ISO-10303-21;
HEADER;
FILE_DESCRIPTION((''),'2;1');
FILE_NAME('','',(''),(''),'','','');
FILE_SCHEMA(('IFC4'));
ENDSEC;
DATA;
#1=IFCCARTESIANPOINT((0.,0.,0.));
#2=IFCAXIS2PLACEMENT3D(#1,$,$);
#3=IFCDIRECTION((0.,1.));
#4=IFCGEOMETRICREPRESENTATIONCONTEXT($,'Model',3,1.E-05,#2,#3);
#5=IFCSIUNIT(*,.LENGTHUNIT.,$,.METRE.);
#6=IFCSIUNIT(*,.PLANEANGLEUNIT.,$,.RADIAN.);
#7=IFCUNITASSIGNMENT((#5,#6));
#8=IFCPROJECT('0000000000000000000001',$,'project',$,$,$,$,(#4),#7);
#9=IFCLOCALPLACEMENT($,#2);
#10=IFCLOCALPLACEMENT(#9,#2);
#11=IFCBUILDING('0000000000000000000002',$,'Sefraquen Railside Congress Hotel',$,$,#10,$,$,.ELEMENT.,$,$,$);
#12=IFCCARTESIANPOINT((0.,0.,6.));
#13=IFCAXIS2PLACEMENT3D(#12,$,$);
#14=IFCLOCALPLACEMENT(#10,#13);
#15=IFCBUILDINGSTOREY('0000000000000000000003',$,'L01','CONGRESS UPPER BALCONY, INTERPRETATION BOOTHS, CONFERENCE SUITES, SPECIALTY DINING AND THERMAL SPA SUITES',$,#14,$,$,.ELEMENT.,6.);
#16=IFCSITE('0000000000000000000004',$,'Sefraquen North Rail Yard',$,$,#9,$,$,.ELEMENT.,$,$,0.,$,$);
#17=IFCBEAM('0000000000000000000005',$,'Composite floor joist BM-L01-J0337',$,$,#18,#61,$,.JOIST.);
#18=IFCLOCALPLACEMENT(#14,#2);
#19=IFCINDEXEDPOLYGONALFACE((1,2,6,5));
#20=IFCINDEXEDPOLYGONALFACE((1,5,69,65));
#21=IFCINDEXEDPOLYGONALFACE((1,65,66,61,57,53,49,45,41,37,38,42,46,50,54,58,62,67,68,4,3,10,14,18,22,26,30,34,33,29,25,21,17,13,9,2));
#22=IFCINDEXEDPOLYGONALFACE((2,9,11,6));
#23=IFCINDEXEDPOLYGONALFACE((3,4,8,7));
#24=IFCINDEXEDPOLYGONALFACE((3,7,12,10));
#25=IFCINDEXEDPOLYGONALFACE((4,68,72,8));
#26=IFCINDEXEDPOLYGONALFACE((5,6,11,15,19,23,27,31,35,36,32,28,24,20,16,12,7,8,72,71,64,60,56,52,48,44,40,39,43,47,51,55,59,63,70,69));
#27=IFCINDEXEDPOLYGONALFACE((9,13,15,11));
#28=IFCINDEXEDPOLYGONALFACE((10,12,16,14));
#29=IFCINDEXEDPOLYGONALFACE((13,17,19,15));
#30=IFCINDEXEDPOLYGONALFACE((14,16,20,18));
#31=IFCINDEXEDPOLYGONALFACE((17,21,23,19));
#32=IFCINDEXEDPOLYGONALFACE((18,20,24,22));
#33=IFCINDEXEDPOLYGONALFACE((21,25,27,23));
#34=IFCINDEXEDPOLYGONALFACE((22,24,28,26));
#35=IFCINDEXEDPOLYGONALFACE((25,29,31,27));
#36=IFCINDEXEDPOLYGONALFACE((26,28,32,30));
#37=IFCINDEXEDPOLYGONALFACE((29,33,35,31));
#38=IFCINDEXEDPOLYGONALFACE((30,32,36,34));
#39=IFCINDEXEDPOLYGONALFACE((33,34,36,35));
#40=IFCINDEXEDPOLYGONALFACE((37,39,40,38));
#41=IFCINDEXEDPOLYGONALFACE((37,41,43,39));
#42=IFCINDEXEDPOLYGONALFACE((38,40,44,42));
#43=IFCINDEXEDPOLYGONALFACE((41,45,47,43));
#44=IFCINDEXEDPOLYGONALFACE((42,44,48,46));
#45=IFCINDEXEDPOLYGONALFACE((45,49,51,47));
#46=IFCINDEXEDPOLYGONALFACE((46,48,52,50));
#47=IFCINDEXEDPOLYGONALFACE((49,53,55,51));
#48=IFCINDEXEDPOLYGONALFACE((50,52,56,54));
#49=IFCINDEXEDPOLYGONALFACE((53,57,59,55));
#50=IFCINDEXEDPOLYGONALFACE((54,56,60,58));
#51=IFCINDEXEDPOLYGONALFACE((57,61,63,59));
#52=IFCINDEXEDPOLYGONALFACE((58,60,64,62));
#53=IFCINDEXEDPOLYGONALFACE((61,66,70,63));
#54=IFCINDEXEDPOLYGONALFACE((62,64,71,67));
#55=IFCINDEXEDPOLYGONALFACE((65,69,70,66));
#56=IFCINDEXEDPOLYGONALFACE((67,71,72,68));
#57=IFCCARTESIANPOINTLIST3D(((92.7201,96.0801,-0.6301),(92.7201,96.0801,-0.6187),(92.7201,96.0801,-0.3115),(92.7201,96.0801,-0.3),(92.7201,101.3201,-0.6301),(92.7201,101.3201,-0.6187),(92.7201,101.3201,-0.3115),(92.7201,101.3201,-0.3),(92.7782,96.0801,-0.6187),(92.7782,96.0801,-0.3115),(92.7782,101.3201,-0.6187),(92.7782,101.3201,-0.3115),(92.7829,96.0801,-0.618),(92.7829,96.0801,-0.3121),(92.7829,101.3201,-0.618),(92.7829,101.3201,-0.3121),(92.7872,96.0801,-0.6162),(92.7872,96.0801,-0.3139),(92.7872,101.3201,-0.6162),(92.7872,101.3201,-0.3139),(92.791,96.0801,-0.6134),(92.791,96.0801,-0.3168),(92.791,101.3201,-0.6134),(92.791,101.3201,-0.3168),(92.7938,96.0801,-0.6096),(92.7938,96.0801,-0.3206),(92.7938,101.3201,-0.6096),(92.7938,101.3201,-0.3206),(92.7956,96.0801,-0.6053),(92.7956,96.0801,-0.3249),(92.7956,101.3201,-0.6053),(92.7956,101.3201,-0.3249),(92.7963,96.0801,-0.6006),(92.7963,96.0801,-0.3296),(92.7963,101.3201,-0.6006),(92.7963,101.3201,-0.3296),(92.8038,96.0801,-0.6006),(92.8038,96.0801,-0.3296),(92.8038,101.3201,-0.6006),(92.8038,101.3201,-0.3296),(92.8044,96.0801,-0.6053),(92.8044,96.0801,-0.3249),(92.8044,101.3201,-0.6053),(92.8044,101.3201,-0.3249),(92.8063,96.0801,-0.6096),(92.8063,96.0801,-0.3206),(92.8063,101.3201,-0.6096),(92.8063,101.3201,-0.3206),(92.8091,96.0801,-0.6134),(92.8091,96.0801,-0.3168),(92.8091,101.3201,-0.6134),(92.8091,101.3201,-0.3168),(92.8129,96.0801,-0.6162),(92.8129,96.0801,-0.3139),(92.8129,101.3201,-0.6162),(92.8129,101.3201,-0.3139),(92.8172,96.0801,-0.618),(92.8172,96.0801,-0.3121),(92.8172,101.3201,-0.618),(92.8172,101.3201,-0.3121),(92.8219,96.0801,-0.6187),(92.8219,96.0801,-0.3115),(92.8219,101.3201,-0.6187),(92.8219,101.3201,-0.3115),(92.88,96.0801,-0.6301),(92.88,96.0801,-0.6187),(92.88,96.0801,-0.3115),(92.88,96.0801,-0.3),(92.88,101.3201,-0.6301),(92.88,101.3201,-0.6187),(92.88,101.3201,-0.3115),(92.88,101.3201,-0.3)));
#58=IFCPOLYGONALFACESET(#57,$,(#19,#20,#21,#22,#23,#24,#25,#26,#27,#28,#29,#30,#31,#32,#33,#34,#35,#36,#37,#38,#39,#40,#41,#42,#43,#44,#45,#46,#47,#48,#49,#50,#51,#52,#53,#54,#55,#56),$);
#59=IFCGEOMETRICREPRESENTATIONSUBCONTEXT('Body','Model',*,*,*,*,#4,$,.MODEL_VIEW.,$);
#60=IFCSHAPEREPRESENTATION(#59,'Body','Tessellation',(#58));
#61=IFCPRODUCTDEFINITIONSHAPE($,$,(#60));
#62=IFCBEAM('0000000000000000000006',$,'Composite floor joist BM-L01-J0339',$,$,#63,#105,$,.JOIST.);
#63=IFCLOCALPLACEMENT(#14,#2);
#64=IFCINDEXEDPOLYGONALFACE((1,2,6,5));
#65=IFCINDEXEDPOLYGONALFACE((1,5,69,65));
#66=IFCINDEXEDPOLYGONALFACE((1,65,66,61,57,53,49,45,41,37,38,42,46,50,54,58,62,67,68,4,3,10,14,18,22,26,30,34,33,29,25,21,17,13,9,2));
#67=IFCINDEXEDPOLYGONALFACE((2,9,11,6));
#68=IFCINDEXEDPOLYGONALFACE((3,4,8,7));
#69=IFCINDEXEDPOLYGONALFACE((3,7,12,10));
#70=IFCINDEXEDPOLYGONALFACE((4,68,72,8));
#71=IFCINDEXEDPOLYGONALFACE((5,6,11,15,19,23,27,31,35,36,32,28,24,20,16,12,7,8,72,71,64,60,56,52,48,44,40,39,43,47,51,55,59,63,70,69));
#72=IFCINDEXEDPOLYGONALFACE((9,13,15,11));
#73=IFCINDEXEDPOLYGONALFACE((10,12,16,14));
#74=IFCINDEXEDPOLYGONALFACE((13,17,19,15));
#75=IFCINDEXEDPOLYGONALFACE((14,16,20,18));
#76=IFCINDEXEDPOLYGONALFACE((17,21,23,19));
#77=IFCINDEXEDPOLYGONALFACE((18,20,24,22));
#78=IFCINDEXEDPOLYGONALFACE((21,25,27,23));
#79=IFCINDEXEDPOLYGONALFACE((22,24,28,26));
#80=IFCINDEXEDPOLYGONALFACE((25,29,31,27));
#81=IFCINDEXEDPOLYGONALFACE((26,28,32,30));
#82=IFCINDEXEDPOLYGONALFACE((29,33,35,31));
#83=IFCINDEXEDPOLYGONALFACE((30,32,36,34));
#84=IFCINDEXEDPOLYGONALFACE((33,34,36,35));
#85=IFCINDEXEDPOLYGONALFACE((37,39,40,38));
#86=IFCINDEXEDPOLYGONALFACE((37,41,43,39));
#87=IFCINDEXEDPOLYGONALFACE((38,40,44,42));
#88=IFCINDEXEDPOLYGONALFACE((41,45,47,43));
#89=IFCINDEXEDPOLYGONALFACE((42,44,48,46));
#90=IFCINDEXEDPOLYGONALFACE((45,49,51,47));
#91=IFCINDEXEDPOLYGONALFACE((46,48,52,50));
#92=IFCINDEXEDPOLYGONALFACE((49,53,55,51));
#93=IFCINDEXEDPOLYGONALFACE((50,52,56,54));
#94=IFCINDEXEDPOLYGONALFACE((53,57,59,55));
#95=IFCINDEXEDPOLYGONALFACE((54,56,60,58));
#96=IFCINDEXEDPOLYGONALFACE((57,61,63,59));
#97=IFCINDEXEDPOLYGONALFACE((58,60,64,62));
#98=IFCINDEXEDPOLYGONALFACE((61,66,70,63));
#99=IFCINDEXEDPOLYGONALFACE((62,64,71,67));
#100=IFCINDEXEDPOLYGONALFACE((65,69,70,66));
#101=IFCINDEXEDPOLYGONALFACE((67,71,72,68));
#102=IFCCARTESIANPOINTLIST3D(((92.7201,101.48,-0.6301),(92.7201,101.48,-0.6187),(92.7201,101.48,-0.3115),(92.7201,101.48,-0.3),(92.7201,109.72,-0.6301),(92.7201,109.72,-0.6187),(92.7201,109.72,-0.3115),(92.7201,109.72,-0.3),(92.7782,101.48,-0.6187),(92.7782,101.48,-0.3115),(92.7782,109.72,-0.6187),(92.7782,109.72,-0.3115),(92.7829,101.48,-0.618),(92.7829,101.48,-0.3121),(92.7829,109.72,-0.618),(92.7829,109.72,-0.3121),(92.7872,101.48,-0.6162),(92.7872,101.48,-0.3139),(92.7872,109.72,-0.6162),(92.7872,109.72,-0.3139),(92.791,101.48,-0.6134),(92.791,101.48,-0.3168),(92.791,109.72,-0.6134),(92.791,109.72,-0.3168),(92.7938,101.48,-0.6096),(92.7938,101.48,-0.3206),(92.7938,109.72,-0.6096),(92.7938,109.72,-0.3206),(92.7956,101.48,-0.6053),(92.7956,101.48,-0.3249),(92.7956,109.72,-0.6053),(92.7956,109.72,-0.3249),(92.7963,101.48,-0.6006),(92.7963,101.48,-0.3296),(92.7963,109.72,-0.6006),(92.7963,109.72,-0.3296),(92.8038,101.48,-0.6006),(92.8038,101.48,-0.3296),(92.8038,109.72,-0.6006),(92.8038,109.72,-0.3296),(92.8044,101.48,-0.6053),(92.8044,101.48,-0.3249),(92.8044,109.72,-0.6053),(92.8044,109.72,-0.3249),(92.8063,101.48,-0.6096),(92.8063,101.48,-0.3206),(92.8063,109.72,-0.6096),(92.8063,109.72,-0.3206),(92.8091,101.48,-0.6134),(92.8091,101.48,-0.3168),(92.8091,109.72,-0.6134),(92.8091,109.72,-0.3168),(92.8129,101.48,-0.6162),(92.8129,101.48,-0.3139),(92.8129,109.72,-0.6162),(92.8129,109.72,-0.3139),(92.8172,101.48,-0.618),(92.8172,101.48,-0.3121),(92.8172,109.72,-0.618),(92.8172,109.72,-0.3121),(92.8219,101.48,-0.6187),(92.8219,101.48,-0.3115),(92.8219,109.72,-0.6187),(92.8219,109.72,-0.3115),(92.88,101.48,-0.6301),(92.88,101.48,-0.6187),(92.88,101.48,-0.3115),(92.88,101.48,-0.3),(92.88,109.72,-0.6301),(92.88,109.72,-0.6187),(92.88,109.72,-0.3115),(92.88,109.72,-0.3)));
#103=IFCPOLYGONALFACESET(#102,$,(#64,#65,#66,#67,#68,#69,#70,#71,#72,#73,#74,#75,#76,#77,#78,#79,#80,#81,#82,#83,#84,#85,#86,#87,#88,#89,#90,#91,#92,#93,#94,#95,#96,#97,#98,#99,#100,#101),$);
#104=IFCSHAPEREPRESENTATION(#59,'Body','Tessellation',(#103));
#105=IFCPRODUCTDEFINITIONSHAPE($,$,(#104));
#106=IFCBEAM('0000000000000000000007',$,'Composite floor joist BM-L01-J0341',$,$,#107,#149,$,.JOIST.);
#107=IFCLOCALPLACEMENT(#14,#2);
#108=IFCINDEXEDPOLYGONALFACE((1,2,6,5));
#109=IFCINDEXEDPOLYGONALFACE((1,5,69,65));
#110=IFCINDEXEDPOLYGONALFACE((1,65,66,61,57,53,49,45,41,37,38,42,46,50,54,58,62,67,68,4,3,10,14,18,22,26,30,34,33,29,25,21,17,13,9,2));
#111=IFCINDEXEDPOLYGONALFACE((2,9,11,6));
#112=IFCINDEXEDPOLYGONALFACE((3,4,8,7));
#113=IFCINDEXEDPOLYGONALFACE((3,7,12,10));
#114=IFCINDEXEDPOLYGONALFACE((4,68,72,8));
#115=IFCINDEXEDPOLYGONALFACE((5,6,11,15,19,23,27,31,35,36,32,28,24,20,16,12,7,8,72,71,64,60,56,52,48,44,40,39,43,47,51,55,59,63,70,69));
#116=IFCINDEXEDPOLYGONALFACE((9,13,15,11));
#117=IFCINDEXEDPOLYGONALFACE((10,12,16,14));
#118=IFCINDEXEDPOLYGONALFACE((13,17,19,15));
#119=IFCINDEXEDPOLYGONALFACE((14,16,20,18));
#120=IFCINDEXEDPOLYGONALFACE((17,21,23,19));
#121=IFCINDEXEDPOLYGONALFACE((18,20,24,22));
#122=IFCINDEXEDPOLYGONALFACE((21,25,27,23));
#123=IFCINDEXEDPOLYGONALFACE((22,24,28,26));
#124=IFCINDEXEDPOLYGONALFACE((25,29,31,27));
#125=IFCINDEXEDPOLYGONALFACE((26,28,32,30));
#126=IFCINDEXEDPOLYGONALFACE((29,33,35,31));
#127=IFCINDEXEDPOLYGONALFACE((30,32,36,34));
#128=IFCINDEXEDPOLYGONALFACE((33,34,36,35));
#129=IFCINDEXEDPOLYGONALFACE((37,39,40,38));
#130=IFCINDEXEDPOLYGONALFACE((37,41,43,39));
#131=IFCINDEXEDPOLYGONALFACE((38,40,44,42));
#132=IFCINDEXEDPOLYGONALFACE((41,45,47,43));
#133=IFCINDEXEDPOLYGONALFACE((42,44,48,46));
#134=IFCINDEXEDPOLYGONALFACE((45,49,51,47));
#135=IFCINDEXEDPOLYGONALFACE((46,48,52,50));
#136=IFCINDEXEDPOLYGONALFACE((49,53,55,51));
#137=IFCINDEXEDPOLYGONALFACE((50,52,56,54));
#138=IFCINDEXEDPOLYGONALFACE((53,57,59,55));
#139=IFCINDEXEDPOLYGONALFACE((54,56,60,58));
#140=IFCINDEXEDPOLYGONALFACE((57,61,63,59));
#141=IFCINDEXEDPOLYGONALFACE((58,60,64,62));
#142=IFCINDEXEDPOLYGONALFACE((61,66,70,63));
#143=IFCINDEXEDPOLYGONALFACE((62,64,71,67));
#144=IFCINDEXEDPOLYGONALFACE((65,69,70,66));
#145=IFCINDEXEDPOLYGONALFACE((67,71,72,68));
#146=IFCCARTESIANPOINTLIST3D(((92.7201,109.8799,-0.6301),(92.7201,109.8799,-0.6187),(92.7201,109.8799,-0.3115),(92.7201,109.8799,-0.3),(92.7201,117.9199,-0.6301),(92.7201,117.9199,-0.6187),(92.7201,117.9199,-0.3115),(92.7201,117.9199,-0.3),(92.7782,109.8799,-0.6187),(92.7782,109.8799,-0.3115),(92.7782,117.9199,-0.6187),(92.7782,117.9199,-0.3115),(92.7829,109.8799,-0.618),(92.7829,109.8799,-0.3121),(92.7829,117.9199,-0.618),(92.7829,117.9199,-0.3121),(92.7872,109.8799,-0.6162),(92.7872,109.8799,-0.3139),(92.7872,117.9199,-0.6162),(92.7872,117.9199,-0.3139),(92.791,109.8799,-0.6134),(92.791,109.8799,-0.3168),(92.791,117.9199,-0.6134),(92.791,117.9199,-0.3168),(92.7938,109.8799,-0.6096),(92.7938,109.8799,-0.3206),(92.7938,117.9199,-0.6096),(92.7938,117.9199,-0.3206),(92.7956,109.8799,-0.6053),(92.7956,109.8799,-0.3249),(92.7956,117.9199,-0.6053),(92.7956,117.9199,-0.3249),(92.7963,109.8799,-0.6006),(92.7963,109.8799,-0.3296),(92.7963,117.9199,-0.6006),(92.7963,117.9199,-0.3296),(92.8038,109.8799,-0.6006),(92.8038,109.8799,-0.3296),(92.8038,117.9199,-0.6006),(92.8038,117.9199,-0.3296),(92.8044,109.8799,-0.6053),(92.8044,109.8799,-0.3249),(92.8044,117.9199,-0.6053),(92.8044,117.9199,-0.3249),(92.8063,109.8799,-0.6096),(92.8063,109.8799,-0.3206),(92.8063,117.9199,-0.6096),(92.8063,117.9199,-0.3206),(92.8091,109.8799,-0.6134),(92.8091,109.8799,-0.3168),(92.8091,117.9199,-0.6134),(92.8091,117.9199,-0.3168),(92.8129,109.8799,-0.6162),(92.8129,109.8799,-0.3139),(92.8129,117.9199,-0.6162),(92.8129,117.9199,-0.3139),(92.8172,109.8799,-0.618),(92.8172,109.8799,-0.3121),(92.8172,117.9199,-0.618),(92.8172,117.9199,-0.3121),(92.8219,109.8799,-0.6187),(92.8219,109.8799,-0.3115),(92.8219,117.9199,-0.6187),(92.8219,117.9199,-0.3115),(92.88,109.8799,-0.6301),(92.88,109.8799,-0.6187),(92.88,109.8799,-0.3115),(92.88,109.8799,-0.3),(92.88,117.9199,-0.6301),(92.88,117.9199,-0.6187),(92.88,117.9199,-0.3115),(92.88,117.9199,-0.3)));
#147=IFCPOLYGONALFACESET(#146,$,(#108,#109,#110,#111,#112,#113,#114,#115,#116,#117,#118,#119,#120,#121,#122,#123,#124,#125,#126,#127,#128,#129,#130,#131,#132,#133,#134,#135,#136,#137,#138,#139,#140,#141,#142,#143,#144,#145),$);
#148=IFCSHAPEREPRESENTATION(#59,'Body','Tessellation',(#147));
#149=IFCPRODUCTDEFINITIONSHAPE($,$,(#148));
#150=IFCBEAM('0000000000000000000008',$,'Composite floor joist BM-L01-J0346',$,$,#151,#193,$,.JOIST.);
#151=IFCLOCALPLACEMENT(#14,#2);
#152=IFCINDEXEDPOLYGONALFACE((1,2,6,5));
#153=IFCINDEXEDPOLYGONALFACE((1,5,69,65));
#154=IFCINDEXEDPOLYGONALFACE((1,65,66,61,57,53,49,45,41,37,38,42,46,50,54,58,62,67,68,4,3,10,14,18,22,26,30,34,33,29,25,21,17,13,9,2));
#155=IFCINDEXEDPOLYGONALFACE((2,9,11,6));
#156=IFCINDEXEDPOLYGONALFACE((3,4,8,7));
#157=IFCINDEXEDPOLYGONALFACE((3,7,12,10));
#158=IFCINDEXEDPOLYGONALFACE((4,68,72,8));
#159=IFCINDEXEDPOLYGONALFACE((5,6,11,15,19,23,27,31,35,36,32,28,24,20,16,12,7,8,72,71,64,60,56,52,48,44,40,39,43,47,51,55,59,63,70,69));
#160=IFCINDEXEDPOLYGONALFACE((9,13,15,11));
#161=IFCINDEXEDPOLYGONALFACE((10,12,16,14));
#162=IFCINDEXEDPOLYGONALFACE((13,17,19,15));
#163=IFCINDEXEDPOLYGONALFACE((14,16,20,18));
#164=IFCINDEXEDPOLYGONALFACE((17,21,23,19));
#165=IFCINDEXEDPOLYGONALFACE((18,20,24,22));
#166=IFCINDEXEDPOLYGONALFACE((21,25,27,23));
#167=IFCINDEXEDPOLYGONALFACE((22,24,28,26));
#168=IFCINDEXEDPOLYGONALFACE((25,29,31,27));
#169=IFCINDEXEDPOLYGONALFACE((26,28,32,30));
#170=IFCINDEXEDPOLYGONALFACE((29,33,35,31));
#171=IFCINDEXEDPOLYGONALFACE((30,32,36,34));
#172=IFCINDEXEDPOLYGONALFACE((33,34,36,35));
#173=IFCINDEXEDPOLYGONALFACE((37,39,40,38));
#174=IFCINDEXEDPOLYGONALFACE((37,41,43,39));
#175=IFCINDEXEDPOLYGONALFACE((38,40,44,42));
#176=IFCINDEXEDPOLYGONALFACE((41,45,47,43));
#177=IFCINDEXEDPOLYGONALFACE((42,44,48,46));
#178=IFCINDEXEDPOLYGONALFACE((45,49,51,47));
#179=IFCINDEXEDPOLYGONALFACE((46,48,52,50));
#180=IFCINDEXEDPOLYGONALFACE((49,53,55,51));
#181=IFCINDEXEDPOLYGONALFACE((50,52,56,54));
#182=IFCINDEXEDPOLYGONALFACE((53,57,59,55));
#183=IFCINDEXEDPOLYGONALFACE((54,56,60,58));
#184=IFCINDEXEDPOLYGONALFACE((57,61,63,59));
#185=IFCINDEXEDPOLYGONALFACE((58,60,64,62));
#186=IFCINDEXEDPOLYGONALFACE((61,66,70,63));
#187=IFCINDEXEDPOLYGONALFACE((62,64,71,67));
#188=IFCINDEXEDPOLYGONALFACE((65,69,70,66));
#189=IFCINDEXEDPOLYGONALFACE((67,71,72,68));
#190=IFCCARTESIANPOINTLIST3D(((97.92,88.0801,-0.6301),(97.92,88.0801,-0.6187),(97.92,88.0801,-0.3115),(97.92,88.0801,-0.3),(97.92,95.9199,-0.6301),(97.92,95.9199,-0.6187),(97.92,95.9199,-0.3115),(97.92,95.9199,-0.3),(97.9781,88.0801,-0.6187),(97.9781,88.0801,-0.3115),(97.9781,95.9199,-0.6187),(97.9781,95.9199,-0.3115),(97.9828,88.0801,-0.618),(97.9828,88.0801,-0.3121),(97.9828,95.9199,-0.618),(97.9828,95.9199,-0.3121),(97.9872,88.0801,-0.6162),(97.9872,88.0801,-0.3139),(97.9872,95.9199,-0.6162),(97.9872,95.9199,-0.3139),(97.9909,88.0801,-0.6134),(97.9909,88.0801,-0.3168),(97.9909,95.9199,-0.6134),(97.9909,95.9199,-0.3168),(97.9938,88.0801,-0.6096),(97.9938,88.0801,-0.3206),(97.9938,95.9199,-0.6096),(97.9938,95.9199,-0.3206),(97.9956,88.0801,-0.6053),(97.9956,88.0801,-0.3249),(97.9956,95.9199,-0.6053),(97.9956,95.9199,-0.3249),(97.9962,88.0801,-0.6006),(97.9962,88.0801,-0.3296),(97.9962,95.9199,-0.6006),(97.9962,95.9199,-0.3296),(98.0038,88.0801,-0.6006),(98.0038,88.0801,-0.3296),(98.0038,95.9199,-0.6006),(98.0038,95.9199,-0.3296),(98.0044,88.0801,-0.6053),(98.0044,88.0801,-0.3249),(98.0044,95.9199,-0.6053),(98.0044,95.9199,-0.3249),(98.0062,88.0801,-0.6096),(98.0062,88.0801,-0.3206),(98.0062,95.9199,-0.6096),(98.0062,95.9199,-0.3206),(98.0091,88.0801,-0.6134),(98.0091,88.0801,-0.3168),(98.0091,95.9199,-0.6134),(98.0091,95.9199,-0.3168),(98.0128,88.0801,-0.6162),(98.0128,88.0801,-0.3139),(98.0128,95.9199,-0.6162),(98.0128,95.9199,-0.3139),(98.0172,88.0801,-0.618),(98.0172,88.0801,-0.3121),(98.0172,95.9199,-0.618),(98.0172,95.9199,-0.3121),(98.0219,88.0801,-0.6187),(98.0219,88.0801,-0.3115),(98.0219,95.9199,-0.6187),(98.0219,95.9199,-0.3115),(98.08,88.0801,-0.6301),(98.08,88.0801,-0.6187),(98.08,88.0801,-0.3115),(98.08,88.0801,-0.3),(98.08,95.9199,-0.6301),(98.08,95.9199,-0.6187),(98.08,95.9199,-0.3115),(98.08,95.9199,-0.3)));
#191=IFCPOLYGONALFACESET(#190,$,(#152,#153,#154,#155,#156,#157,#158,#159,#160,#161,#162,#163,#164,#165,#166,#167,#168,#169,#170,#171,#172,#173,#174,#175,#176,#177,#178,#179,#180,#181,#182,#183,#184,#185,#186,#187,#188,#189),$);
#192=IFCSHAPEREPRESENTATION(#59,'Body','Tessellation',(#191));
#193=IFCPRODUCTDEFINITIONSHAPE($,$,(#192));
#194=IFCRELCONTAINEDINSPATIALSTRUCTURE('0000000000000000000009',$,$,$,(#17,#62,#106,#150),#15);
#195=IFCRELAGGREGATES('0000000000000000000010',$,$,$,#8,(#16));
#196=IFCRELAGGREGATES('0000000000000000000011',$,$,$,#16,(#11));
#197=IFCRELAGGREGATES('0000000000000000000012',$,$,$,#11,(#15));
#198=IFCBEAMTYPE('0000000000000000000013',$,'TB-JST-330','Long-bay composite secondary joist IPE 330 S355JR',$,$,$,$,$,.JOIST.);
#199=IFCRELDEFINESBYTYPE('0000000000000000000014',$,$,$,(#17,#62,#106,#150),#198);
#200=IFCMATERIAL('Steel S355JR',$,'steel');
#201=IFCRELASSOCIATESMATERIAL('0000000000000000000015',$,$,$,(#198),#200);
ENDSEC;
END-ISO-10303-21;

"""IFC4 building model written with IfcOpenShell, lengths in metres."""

from ifc_helpers import new_model, si_unit, direction, frame, origin, origin_2d, place, context, subcontext, project, spatial, i_section, extrude, material, material_profile, profile_set, type_object, element, save


model = new_model("IFC4")

# Units and contexts
model_context = context("Model", 3, precision=1e-05, world=origin(), true_north=direction((0.0, 1.0)))
body_context = subcontext(model_context, "Body", "Model", "MODEL_VIEW")
ifc_project = project(units=[si_unit("LENGTHUNIT", "METRE"), si_unit("PLANEANGLEUNIT", "RADIAN")], contexts=[model_context])

# Site, building, storey
site_placement = place(None, origin())
site = spatial("IfcSite", under=ifc_project, at=site_placement, Name="Sefraquen North Rail Yard", CompositionType="ELEMENT", RefElevation=0.0)
building_placement = place(site_placement, origin())
building = spatial("IfcBuilding", under=site, at=building_placement, Name="Sefraquen Railside Congress Hotel", CompositionType="ELEMENT")
storey_placement = place(building_placement, frame((0.0, 0.0, 6.0)))
storey = spatial("IfcBuildingStorey", under=building, at=storey_placement, Name="L01", Description="CONGRESS UPPER BALCONY, INTERPRETATION BOOTHS, CONFERENCE SUITES, SPECIALTY DINING AND THERMAL SPA SUITES", CompositionType="ELEMENT", Elevation=6.0)

# Shared definitions
ifc_material_1 = material(Name="Steel S355JR", Category="steel")

# Beams
ifc_material_profile_1 = material_profile(ifc_material_1, i_section(OverallWidth=0.1599, OverallDepth=0.3301, WebThickness=0.0076, FlangeThickness=0.0115, FilletRadius=0.0181, at=origin_2d()), Name="IPE 330")
ifc_profile_set_1 = profile_set([ifc_material_profile_1], Name="Steel S355JR")
beam_type_1 = type_object("IfcBeamType", Name="TB-JST-330", Description="Long-bay composite secondary joist IPE 330 S355JR", PredefinedType="JOIST", material=ifc_profile_set_1)
beam_1_placement = place(storey_placement, frame((92.8, 96.0801, -0.4651), z_axis=(0.0, 1.0, 0.0), x_axis=(-1.0, 0.0, 0.0)))
element("IfcBeam", 1, at=beam_1_placement, inside=storey, type_object=beam_type_1, Name="Composite floor joist BM-L01-J0337", PredefinedType="JOIST", context=body_context, shape_type="SweptSolid", body=[
    extrude(i_section(OverallWidth=0.1599, OverallDepth=0.3301, WebThickness=0.0076, FlangeThickness=0.0115, FilletRadius=0.0181, at=origin_2d()), origin(), (0.0, 0.0, 1.0), 5.24),
])
beam_2_placement = place(storey_placement, frame((92.8, 101.48, -0.4651), z_axis=(0.0, 1.0, 0.0), x_axis=(-1.0, 0.0, 0.0)))
element("IfcBeam", 2, at=beam_2_placement, inside=storey, type_object=beam_type_1, Name="Composite floor joist BM-L01-J0339", PredefinedType="JOIST", context=body_context, shape_type="SweptSolid", body=[
    extrude(i_section(OverallWidth=0.1599, OverallDepth=0.3301, WebThickness=0.0076, FlangeThickness=0.0115, FilletRadius=0.0181, at=origin_2d()), origin(), (0.0, 0.0, 1.0), 8.24),
])
beam_3_placement = place(storey_placement, frame((92.8, 109.8799, -0.4651), z_axis=(0.0, 1.0, 0.0), x_axis=(-1.0, 0.0, 0.0)))
element("IfcBeam", 3, at=beam_3_placement, inside=storey, type_object=beam_type_1, Name="Composite floor joist BM-L01-J0341", PredefinedType="JOIST", context=body_context, shape_type="SweptSolid", body=[
    extrude(i_section(OverallWidth=0.1599, OverallDepth=0.3301, WebThickness=0.0076, FlangeThickness=0.0115, FilletRadius=0.0181, at=origin_2d()), origin(), (0.0, 0.0, 1.0), 8.04),
])
for number, where, z_axis, x_axis, name in (
    (4, (98.0, 88.0801, -0.4651), (0.0, 1.0, 0.0), (-1.0, 0.0, 0.0), "Composite floor joist BM-L01-J0346"),
):
    element("IfcBeam", number, at=place(storey_placement, frame(where, z_axis=z_axis, x_axis=x_axis)), inside=storey, type_object=beam_type_1, Name=name, PredefinedType="JOIST", context=body_context, shape_type="SweptSolid", body=[
        extrude(i_section(OverallWidth=0.1599, OverallDepth=0.3301, WebThickness=0.0076, FlangeThickness=0.0115, FilletRadius=0.0181, at=origin_2d()), origin(), (0.0, 0.0, 1.0), 7.8398),
    ])

save(model, "model.ifc")
